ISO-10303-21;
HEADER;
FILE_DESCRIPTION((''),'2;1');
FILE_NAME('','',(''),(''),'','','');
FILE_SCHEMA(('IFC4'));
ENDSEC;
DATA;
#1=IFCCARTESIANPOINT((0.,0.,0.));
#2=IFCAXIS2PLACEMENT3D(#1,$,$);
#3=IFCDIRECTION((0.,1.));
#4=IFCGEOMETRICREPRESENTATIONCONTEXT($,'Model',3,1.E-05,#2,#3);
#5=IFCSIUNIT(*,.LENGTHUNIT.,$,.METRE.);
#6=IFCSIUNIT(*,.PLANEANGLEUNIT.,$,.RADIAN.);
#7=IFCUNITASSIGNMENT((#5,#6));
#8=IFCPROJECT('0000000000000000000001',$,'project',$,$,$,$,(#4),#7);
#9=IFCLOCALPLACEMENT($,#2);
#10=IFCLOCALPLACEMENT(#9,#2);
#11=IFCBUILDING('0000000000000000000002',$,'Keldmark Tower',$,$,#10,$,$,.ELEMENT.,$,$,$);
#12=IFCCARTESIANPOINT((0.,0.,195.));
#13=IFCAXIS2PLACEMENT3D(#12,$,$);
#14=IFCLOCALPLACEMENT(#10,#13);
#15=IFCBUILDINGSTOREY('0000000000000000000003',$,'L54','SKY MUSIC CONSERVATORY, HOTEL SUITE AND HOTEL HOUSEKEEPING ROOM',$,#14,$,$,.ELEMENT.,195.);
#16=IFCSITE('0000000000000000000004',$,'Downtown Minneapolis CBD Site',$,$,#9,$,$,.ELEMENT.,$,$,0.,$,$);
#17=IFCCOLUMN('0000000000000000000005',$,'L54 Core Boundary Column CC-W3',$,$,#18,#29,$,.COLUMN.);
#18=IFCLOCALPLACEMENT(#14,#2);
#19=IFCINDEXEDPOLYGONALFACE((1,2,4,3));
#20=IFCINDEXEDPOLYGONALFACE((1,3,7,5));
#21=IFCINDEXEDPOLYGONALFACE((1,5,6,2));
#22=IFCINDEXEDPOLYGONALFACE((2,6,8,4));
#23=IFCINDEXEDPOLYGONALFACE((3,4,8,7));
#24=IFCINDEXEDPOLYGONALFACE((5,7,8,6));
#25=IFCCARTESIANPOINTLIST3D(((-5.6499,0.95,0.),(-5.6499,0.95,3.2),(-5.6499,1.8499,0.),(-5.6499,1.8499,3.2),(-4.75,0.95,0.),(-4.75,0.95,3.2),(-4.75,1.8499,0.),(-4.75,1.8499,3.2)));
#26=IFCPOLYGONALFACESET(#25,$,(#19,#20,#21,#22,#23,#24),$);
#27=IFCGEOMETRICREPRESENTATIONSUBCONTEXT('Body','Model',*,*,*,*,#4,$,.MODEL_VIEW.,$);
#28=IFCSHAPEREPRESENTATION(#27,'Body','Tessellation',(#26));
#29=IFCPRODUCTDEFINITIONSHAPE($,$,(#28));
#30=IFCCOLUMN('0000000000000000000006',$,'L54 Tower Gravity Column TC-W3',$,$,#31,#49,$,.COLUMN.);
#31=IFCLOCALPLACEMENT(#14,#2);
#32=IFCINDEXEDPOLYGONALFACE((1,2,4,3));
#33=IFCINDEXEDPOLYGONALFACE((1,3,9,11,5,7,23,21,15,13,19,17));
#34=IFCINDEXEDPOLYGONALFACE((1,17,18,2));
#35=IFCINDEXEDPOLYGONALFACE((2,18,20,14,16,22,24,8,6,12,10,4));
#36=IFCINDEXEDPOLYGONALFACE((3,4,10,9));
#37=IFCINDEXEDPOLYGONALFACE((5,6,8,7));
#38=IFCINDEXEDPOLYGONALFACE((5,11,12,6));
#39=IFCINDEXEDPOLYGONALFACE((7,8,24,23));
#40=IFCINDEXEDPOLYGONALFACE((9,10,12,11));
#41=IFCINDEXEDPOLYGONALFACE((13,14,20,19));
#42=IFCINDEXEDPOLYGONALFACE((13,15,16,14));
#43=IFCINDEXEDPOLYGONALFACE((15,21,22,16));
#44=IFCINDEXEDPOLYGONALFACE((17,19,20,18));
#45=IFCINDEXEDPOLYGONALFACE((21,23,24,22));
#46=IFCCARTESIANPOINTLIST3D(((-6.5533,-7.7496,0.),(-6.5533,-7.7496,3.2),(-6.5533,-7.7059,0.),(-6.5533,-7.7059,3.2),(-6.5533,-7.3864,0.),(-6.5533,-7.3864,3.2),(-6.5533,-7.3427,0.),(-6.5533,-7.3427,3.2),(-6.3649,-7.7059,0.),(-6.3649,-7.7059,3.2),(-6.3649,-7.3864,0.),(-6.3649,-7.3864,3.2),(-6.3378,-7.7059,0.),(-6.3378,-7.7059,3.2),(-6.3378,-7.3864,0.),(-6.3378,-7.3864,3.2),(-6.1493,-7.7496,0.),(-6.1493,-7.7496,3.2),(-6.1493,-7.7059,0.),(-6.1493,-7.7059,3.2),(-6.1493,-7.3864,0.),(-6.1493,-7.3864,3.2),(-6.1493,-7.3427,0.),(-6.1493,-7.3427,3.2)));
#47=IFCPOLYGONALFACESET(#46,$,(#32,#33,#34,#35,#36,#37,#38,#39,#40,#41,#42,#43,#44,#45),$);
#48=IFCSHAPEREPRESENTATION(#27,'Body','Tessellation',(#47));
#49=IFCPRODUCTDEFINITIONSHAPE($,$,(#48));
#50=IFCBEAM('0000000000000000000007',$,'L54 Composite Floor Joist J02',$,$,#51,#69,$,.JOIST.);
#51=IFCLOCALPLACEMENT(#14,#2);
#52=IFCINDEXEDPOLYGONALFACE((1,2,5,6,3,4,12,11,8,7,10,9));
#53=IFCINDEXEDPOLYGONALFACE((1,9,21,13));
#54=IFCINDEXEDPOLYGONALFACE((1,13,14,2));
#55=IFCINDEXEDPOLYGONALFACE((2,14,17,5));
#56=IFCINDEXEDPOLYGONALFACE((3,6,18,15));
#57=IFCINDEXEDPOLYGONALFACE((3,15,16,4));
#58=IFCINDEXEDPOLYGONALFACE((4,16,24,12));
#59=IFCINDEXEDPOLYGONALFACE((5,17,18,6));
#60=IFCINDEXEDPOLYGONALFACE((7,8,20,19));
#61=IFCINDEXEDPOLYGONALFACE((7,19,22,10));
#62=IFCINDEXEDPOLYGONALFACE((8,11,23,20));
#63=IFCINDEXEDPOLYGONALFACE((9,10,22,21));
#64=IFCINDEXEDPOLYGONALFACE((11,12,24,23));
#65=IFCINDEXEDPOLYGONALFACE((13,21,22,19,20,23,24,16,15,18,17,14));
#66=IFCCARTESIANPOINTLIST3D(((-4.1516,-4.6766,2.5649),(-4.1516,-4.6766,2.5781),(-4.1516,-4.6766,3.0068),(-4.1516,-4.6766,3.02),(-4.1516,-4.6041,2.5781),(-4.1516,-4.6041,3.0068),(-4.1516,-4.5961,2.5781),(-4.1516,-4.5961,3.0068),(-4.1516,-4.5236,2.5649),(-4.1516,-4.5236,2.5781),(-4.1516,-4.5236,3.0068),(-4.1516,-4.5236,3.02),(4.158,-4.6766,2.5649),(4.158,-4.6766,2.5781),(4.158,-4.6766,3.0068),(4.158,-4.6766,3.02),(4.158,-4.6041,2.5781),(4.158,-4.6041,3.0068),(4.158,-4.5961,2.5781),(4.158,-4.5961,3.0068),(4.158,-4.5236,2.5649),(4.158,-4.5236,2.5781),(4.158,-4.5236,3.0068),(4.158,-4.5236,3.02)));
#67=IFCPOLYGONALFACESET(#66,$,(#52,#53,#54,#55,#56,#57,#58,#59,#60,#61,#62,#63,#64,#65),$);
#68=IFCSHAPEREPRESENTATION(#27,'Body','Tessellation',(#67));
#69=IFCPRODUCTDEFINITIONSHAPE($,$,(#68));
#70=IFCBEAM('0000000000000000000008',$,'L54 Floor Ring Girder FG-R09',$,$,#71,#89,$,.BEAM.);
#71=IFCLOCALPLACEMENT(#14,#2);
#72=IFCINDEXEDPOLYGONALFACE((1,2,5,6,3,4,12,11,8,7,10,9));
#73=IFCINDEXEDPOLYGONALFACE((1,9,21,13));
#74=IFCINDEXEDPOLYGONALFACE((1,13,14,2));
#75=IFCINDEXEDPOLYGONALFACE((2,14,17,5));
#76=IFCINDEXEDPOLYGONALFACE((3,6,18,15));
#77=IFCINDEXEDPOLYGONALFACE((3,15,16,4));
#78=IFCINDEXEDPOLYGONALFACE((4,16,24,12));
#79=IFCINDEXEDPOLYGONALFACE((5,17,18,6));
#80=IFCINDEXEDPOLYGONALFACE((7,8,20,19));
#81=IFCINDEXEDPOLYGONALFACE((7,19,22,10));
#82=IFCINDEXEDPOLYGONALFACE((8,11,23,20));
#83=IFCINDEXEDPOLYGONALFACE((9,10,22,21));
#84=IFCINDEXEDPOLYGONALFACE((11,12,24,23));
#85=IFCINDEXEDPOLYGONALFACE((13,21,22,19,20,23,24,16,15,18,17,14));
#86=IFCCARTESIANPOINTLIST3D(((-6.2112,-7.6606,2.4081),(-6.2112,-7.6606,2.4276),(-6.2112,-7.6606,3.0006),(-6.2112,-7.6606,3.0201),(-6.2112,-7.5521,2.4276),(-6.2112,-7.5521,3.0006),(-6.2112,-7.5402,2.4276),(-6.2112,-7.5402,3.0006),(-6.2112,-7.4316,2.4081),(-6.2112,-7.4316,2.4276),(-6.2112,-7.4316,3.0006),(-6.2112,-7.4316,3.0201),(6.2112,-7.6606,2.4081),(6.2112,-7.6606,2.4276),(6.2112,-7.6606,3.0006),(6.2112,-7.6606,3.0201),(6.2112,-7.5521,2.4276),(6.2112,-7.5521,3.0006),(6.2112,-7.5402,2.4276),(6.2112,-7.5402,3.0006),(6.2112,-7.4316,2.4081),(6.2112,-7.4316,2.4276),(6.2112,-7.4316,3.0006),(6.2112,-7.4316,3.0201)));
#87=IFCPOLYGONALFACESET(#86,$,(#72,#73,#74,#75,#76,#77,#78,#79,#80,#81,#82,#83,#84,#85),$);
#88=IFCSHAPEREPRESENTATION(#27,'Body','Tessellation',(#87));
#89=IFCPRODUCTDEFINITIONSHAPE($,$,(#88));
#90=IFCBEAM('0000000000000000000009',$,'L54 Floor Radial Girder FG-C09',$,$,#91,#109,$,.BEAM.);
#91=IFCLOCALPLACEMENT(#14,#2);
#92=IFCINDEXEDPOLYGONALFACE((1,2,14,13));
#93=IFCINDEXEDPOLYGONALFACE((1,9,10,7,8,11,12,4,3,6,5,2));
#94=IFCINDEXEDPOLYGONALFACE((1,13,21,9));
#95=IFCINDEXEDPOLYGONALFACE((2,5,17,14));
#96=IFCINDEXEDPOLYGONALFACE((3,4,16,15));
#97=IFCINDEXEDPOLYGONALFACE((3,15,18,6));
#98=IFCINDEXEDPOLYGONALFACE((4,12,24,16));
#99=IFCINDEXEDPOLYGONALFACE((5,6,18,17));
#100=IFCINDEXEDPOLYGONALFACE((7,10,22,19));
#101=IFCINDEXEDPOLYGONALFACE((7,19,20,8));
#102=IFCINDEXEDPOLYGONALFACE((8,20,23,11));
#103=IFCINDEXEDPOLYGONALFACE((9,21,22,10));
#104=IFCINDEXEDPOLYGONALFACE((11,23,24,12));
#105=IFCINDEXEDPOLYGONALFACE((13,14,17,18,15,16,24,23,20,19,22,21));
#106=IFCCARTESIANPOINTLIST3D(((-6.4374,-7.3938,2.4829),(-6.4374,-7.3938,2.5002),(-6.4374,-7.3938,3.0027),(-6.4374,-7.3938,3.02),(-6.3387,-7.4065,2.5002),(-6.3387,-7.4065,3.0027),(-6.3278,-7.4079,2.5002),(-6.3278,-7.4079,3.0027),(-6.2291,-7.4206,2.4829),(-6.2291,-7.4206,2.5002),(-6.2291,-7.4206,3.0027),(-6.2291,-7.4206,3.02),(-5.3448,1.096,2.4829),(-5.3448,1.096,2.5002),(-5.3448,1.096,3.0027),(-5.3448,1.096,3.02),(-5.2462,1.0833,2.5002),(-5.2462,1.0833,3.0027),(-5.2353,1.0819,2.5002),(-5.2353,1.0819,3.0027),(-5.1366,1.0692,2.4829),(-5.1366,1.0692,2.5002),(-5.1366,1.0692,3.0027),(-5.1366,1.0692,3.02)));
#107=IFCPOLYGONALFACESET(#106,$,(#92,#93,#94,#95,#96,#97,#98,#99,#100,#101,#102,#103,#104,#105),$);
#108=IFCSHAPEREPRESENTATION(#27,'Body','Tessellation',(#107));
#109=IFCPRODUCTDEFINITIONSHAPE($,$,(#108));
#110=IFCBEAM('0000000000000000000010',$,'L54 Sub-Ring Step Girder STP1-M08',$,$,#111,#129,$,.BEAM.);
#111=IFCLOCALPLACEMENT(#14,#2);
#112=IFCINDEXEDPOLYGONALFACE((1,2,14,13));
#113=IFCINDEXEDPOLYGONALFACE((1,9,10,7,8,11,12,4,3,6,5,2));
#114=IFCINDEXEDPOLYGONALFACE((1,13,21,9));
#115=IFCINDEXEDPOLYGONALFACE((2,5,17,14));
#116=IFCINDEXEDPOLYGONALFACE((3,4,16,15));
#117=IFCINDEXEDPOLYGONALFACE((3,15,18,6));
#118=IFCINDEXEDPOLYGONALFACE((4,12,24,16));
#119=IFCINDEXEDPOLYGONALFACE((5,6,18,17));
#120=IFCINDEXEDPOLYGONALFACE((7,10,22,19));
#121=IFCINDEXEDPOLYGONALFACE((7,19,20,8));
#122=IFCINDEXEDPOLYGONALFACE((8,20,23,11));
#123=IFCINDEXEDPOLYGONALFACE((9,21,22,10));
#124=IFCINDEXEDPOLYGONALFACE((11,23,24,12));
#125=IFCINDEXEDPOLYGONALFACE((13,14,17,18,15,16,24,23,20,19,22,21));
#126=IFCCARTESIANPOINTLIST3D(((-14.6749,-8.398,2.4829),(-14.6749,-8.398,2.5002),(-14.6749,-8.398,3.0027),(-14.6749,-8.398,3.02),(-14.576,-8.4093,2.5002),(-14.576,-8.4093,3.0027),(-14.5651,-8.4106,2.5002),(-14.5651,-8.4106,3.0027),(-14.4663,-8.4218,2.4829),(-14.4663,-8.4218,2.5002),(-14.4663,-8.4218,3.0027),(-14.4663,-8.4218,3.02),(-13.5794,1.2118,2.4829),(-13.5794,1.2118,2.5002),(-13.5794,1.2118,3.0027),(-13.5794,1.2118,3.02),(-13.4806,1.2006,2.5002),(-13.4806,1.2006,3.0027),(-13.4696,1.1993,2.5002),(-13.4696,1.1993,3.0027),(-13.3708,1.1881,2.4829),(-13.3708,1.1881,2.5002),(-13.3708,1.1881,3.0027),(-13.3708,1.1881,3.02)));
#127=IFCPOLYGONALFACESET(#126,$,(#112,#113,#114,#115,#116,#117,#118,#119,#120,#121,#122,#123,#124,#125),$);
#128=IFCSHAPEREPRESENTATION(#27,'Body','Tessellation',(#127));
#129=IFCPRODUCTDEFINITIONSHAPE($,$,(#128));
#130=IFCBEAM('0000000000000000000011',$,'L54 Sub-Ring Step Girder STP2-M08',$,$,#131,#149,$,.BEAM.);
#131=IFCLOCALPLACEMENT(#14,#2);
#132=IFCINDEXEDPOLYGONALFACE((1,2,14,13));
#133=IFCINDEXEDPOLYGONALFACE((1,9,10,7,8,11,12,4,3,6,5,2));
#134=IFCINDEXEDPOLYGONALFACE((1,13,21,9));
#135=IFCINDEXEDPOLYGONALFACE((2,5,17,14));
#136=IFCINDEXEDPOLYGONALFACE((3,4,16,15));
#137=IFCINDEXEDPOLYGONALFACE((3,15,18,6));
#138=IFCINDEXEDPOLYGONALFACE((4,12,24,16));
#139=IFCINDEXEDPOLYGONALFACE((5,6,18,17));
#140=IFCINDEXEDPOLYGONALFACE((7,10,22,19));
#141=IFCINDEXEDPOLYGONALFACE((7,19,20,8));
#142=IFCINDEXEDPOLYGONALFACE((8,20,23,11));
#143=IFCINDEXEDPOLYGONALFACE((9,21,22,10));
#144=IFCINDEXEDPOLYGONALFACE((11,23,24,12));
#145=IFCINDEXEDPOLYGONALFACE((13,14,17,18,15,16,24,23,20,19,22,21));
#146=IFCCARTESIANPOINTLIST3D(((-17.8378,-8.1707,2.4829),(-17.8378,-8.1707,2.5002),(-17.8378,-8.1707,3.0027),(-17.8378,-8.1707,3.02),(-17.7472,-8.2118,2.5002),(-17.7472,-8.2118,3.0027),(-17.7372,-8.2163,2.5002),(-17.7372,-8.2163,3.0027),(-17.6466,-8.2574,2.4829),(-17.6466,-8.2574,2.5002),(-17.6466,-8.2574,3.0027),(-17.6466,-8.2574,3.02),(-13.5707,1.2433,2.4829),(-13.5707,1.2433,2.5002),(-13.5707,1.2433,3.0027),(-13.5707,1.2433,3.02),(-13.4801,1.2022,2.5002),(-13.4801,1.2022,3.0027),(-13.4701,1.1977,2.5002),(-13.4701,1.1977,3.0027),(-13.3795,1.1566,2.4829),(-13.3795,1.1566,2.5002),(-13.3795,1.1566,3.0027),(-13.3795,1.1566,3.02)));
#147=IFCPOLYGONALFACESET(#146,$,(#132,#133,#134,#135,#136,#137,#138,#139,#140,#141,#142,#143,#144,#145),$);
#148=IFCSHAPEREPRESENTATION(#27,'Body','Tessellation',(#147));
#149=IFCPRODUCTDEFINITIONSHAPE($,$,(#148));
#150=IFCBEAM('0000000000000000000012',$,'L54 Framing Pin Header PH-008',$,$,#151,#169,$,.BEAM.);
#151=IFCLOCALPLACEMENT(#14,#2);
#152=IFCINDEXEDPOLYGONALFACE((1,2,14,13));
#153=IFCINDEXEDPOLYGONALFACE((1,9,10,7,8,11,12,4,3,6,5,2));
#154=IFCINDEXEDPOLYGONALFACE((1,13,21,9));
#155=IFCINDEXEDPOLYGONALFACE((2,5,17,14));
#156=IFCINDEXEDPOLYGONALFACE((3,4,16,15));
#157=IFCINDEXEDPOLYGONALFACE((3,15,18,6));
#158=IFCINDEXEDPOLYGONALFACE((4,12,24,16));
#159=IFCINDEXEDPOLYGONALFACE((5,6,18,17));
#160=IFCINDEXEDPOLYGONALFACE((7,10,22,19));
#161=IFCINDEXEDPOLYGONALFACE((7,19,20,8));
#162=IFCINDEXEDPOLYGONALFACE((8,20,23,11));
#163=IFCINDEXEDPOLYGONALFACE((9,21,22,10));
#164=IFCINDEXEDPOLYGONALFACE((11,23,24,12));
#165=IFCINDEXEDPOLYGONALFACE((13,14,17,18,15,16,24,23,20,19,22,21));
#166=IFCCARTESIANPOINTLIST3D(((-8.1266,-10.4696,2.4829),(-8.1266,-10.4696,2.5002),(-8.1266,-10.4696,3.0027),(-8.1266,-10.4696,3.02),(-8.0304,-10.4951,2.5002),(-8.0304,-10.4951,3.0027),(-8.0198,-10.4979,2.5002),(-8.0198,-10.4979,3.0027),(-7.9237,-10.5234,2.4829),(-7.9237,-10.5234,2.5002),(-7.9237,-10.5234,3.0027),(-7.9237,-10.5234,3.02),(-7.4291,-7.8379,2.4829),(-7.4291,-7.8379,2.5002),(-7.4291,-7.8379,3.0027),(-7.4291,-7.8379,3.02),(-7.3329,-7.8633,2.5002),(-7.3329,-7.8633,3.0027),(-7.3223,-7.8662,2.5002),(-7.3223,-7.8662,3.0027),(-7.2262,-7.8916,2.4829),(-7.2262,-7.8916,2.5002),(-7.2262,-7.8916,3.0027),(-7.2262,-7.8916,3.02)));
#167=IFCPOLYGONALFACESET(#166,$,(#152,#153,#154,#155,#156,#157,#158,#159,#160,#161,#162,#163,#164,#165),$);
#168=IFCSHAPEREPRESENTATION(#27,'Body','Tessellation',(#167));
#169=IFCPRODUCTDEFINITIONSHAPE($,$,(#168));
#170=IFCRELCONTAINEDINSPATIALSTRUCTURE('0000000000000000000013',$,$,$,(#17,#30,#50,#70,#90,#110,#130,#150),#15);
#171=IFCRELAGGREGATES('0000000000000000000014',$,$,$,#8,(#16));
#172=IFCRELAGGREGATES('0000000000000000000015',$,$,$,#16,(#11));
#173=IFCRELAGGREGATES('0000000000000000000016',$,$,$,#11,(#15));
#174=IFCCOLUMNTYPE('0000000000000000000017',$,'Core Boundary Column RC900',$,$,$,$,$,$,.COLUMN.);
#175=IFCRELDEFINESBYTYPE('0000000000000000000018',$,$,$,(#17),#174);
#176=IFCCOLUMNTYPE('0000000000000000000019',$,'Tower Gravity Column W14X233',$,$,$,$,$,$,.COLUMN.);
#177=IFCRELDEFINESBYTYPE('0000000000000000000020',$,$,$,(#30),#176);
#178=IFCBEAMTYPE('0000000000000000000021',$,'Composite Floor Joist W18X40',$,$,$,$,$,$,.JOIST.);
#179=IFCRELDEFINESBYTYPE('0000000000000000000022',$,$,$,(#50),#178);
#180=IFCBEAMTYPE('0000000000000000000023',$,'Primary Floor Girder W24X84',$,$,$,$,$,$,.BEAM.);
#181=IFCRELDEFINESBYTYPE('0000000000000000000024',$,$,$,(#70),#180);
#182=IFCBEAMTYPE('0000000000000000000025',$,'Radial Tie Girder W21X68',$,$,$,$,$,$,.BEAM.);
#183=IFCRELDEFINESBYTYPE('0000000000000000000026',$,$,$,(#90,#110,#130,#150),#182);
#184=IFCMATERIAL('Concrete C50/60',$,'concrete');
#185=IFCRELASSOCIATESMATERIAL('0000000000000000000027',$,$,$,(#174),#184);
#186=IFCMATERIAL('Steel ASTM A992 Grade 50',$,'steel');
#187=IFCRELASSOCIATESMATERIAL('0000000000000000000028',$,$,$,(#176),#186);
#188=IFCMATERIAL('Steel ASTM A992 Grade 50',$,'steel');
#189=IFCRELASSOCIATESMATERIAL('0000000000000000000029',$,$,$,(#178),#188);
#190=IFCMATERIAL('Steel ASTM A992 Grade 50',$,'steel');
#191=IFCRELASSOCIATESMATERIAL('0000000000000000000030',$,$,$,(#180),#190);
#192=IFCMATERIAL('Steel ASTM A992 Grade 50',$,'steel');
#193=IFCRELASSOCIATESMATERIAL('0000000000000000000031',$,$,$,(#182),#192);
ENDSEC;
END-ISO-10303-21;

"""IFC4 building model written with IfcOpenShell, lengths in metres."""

from ifc_helpers import new_model, si_unit, direction, frame, origin, origin_2d, place, context, subcontext, project, spatial, rectangle, i_section, extrude, material, material_profile, profile_set, type_object, element, save


model = new_model("IFC4")

# Units and contexts
model_context = context("Model", 3, precision=1e-05, world=origin(), true_north=direction((0.0, 1.0)))
body_context = subcontext(model_context, "Body", "Model", "MODEL_VIEW")
ifc_project = project(units=[si_unit("LENGTHUNIT", "METRE"), si_unit("PLANEANGLEUNIT", "RADIAN")], contexts=[model_context])

# Site, building, storey
site_placement = place(None, origin())
site = spatial("IfcSite", under=ifc_project, at=site_placement, Name="Downtown Minneapolis CBD Site", CompositionType="ELEMENT", RefElevation=0.0)
building_placement = place(site_placement, origin())
building = spatial("IfcBuilding", under=site, at=building_placement, Name="Keldmark Tower", CompositionType="ELEMENT")
storey_placement = place(building_placement, frame((0.0, 0.0, 195.0)))
storey = spatial("IfcBuildingStorey", under=building, at=storey_placement, Name="L54", Description="SKY MUSIC CONSERVATORY, HOTEL SUITE AND HOTEL HOUSEKEEPING ROOM", CompositionType="ELEMENT", Elevation=195.0)

# Columns
ifc_material_1 = material(Name="Concrete C50/60", Category="concrete")
ifc_material_profile_1 = material_profile(ifc_material_1, rectangle(XDim=0.8999, YDim=0.8999, at=origin_2d()), Name="RC900X900")
ifc_profile_set_1 = profile_set([ifc_material_profile_1], Name="Concrete C50/60")
column_type_1 = type_object("IfcColumnType", Name="Core Boundary Column RC900", PredefinedType="COLUMN", material=ifc_profile_set_1)
column_1_placement = place(storey_placement, frame((-5.2, 1.3999, 0.0), z_axis=(0.0, 0.0, 1.0), x_axis=(1.0, 0.0, 0.0)))
element("IfcColumn", 1, at=column_1_placement, inside=storey, type_object=column_type_1, Name="L54 Core Boundary Column CC-W3", PredefinedType="COLUMN", context=body_context, shape_type="SweptSolid", body=[
    extrude(rectangle(XDim=0.8999, YDim=0.8999, at=origin_2d()), origin(), (0.0, 0.0, 1.0), 3.2),
])
ifc_material_2 = material(Name="Steel ASTM A992 Grade 50", Category="steel")
ifc_material_profile_2 = material_profile(ifc_material_2, i_section(OverallWidth=0.4041, OverallDepth=0.407, WebThickness=0.0271, FlangeThickness=0.0437, at=origin_2d()), Name="W14X233")
ifc_profile_set_2 = profile_set([ifc_material_profile_2], Name="Steel ASTM A992 Grade 50")
column_type_2 = type_object("IfcColumnType", Name="Tower Gravity Column W14X233", PredefinedType="COLUMN", material=ifc_profile_set_2)
column_2_placement = place(storey_placement, frame((-6.3513, -7.5461, 0.0), z_axis=(0.0, 0.0, 1.0), x_axis=(1.0, 0.0, 0.0)))
element("IfcColumn", 2, at=column_2_placement, inside=storey, type_object=column_type_2, Name="L54 Tower Gravity Column TC-W3", PredefinedType="COLUMN", context=body_context, shape_type="SweptSolid", body=[
    extrude(i_section(OverallWidth=0.4041, OverallDepth=0.407, WebThickness=0.0271, FlangeThickness=0.0437, at=origin_2d()), origin(), (0.0, 0.0, 1.0), 3.2),
])

# Beams
ifc_material_3 = material(Name="Steel ASTM A992 Grade 50", Category="steel")
ifc_material_profile_3 = material_profile(ifc_material_3, i_section(OverallWidth=0.1531, OverallDepth=0.4551, WebThickness=0.0081, FlangeThickness=0.0132, at=origin_2d()), Name="W18X40")
ifc_profile_set_3 = profile_set([ifc_material_profile_3], Name="Steel ASTM A992 Grade 50")
beam_type_1 = type_object("IfcBeamType", Name="Composite Floor Joist W18X40", PredefinedType="JOIST", material=ifc_profile_set_3)
beam_1_placement = place(storey_placement, frame((-4.1516, -4.6001, 2.7925), z_axis=(1.0, 0.0, 0.0), x_axis=(0.0, 1.0, 0.0)))
element("IfcBeam", 3, at=beam_1_placement, inside=storey, type_object=beam_type_1, Name="L54 Composite Floor Joist J02", PredefinedType="JOIST", context=body_context, shape_type="SweptSolid", body=[
    extrude(i_section(OverallWidth=0.1531, OverallDepth=0.4551, WebThickness=0.0081, FlangeThickness=0.0132, at=origin_2d()), origin(), (0.0, 0.0, 1.0), 8.3096),
])
ifc_material_4 = material(Name="Steel ASTM A992 Grade 50", Category="steel")
ifc_material_profile_4 = material_profile(ifc_material_4, i_section(OverallWidth=0.229, OverallDepth=0.6121, WebThickness=0.012, FlangeThickness=0.0195, at=origin_2d()), Name="W24X84")
ifc_profile_set_4 = profile_set([ifc_material_profile_4], Name="Steel ASTM A992 Grade 50")
beam_type_2 = type_object("IfcBeamType", Name="Primary Floor Girder W24X84", PredefinedType="BEAM", material=ifc_profile_set_4)
beam_2_placement = place(storey_placement, frame((-6.2112, -7.5461, 2.7141), z_axis=(1.0, 0.0, 0.0), x_axis=(0.0, 1.0, 0.0)))
element("IfcBeam", 4, at=beam_2_placement, inside=storey, type_object=beam_type_2, Name="L54 Floor Ring Girder FG-R09", PredefinedType="BEAM", context=body_context, shape_type="SweptSolid", body=[
    extrude(i_section(OverallWidth=0.229, OverallDepth=0.6121, WebThickness=0.012, FlangeThickness=0.0195, at=origin_2d()), origin(), (0.0, 0.0, 1.0), 12.4224),
])
ifc_material_5 = material(Name="Steel ASTM A992 Grade 50", Category="steel")
ifc_material_profile_5 = material_profile(ifc_material_5, i_section(OverallWidth=0.21, OverallDepth=0.5371, WebThickness=0.011, FlangeThickness=0.0173, at=origin_2d()), Name="W21X68")
ifc_profile_set_5 = profile_set([ifc_material_profile_5], Name="Steel ASTM A992 Grade 50")
beam_type_3 = type_object("IfcBeamType", Name="Radial Tie Girder W21X68", PredefinedType="BEAM", material=ifc_profile_set_5)
beam_3_placement = place(storey_placement, frame((-6.3333, -7.4072, 2.7515), z_axis=(0.127636, 0.991821, 0.0), x_axis=(-0.991821, 0.127636, 0.0)))
element("IfcBeam", 5, at=beam_3_placement, inside=storey, type_object=beam_type_3, Name="L54 Floor Radial Girder FG-C09", PredefinedType="BEAM", context=body_context, shape_type="SweptSolid", body=[
    extrude(i_section(OverallWidth=0.21, OverallDepth=0.5371, WebThickness=0.011, FlangeThickness=0.0173, at=origin_2d()), origin(), (0.0, 0.0, 1.0), 8.5598),
])
beam_4_placement = place(storey_placement, frame((-13.4751, 1.2, 2.7515), z_axis=(-0.11326, -0.993565, 0.0), x_axis=(0.993565, -0.11326, 0.0)))
element("IfcBeam", 6, at=beam_4_placement, inside=storey, type_object=beam_type_3, Name="L54 Sub-Ring Step Girder STP1-M08", PredefinedType="BEAM", context=body_context, shape_type="SweptSolid", body=[
    extrude(i_section(OverallWidth=0.21, OverallDepth=0.5371, WebThickness=0.011, FlangeThickness=0.0173, at=origin_2d()), origin(), (0.0, 0.0, 1.0), 9.6721),
])
beam_5_placement = place(storey_placement, frame((-13.4751, 1.2, 2.7515), z_axis=(-0.412838, -0.910804, 0.0), x_axis=(0.910804, -0.412838, 0.0)))
element("IfcBeam", 7, at=beam_5_placement, inside=storey, type_object=beam_type_3, Name="L54 Sub-Ring Step Girder STP2-M08", PredefinedType="BEAM", context=body_context, shape_type="SweptSolid", body=[
    extrude(i_section(OverallWidth=0.21, OverallDepth=0.5371, WebThickness=0.011, FlangeThickness=0.0173, at=origin_2d()), origin(), (0.0, 0.0, 1.0), 10.3359),
])
beam_6_placement = place(storey_placement, frame((-7.3276, -7.8647, 2.7515), z_axis=(-0.256183, -0.966628, 0.0), x_axis=(0.966628, -0.256183, 0.0)))
element("IfcBeam", 8, at=beam_6_placement, inside=storey, type_object=beam_type_3, Name="L54 Framing Pin Header PH-008", PredefinedType="BEAM", context=body_context, shape_type="SweptSolid", body=[
    extrude(i_section(OverallWidth=0.21, OverallDepth=0.5371, WebThickness=0.011, FlangeThickness=0.0173, at=origin_2d()), origin(), (0.0, 0.0, 1.0), 2.7227),
])

save(model, "model.ifc")
